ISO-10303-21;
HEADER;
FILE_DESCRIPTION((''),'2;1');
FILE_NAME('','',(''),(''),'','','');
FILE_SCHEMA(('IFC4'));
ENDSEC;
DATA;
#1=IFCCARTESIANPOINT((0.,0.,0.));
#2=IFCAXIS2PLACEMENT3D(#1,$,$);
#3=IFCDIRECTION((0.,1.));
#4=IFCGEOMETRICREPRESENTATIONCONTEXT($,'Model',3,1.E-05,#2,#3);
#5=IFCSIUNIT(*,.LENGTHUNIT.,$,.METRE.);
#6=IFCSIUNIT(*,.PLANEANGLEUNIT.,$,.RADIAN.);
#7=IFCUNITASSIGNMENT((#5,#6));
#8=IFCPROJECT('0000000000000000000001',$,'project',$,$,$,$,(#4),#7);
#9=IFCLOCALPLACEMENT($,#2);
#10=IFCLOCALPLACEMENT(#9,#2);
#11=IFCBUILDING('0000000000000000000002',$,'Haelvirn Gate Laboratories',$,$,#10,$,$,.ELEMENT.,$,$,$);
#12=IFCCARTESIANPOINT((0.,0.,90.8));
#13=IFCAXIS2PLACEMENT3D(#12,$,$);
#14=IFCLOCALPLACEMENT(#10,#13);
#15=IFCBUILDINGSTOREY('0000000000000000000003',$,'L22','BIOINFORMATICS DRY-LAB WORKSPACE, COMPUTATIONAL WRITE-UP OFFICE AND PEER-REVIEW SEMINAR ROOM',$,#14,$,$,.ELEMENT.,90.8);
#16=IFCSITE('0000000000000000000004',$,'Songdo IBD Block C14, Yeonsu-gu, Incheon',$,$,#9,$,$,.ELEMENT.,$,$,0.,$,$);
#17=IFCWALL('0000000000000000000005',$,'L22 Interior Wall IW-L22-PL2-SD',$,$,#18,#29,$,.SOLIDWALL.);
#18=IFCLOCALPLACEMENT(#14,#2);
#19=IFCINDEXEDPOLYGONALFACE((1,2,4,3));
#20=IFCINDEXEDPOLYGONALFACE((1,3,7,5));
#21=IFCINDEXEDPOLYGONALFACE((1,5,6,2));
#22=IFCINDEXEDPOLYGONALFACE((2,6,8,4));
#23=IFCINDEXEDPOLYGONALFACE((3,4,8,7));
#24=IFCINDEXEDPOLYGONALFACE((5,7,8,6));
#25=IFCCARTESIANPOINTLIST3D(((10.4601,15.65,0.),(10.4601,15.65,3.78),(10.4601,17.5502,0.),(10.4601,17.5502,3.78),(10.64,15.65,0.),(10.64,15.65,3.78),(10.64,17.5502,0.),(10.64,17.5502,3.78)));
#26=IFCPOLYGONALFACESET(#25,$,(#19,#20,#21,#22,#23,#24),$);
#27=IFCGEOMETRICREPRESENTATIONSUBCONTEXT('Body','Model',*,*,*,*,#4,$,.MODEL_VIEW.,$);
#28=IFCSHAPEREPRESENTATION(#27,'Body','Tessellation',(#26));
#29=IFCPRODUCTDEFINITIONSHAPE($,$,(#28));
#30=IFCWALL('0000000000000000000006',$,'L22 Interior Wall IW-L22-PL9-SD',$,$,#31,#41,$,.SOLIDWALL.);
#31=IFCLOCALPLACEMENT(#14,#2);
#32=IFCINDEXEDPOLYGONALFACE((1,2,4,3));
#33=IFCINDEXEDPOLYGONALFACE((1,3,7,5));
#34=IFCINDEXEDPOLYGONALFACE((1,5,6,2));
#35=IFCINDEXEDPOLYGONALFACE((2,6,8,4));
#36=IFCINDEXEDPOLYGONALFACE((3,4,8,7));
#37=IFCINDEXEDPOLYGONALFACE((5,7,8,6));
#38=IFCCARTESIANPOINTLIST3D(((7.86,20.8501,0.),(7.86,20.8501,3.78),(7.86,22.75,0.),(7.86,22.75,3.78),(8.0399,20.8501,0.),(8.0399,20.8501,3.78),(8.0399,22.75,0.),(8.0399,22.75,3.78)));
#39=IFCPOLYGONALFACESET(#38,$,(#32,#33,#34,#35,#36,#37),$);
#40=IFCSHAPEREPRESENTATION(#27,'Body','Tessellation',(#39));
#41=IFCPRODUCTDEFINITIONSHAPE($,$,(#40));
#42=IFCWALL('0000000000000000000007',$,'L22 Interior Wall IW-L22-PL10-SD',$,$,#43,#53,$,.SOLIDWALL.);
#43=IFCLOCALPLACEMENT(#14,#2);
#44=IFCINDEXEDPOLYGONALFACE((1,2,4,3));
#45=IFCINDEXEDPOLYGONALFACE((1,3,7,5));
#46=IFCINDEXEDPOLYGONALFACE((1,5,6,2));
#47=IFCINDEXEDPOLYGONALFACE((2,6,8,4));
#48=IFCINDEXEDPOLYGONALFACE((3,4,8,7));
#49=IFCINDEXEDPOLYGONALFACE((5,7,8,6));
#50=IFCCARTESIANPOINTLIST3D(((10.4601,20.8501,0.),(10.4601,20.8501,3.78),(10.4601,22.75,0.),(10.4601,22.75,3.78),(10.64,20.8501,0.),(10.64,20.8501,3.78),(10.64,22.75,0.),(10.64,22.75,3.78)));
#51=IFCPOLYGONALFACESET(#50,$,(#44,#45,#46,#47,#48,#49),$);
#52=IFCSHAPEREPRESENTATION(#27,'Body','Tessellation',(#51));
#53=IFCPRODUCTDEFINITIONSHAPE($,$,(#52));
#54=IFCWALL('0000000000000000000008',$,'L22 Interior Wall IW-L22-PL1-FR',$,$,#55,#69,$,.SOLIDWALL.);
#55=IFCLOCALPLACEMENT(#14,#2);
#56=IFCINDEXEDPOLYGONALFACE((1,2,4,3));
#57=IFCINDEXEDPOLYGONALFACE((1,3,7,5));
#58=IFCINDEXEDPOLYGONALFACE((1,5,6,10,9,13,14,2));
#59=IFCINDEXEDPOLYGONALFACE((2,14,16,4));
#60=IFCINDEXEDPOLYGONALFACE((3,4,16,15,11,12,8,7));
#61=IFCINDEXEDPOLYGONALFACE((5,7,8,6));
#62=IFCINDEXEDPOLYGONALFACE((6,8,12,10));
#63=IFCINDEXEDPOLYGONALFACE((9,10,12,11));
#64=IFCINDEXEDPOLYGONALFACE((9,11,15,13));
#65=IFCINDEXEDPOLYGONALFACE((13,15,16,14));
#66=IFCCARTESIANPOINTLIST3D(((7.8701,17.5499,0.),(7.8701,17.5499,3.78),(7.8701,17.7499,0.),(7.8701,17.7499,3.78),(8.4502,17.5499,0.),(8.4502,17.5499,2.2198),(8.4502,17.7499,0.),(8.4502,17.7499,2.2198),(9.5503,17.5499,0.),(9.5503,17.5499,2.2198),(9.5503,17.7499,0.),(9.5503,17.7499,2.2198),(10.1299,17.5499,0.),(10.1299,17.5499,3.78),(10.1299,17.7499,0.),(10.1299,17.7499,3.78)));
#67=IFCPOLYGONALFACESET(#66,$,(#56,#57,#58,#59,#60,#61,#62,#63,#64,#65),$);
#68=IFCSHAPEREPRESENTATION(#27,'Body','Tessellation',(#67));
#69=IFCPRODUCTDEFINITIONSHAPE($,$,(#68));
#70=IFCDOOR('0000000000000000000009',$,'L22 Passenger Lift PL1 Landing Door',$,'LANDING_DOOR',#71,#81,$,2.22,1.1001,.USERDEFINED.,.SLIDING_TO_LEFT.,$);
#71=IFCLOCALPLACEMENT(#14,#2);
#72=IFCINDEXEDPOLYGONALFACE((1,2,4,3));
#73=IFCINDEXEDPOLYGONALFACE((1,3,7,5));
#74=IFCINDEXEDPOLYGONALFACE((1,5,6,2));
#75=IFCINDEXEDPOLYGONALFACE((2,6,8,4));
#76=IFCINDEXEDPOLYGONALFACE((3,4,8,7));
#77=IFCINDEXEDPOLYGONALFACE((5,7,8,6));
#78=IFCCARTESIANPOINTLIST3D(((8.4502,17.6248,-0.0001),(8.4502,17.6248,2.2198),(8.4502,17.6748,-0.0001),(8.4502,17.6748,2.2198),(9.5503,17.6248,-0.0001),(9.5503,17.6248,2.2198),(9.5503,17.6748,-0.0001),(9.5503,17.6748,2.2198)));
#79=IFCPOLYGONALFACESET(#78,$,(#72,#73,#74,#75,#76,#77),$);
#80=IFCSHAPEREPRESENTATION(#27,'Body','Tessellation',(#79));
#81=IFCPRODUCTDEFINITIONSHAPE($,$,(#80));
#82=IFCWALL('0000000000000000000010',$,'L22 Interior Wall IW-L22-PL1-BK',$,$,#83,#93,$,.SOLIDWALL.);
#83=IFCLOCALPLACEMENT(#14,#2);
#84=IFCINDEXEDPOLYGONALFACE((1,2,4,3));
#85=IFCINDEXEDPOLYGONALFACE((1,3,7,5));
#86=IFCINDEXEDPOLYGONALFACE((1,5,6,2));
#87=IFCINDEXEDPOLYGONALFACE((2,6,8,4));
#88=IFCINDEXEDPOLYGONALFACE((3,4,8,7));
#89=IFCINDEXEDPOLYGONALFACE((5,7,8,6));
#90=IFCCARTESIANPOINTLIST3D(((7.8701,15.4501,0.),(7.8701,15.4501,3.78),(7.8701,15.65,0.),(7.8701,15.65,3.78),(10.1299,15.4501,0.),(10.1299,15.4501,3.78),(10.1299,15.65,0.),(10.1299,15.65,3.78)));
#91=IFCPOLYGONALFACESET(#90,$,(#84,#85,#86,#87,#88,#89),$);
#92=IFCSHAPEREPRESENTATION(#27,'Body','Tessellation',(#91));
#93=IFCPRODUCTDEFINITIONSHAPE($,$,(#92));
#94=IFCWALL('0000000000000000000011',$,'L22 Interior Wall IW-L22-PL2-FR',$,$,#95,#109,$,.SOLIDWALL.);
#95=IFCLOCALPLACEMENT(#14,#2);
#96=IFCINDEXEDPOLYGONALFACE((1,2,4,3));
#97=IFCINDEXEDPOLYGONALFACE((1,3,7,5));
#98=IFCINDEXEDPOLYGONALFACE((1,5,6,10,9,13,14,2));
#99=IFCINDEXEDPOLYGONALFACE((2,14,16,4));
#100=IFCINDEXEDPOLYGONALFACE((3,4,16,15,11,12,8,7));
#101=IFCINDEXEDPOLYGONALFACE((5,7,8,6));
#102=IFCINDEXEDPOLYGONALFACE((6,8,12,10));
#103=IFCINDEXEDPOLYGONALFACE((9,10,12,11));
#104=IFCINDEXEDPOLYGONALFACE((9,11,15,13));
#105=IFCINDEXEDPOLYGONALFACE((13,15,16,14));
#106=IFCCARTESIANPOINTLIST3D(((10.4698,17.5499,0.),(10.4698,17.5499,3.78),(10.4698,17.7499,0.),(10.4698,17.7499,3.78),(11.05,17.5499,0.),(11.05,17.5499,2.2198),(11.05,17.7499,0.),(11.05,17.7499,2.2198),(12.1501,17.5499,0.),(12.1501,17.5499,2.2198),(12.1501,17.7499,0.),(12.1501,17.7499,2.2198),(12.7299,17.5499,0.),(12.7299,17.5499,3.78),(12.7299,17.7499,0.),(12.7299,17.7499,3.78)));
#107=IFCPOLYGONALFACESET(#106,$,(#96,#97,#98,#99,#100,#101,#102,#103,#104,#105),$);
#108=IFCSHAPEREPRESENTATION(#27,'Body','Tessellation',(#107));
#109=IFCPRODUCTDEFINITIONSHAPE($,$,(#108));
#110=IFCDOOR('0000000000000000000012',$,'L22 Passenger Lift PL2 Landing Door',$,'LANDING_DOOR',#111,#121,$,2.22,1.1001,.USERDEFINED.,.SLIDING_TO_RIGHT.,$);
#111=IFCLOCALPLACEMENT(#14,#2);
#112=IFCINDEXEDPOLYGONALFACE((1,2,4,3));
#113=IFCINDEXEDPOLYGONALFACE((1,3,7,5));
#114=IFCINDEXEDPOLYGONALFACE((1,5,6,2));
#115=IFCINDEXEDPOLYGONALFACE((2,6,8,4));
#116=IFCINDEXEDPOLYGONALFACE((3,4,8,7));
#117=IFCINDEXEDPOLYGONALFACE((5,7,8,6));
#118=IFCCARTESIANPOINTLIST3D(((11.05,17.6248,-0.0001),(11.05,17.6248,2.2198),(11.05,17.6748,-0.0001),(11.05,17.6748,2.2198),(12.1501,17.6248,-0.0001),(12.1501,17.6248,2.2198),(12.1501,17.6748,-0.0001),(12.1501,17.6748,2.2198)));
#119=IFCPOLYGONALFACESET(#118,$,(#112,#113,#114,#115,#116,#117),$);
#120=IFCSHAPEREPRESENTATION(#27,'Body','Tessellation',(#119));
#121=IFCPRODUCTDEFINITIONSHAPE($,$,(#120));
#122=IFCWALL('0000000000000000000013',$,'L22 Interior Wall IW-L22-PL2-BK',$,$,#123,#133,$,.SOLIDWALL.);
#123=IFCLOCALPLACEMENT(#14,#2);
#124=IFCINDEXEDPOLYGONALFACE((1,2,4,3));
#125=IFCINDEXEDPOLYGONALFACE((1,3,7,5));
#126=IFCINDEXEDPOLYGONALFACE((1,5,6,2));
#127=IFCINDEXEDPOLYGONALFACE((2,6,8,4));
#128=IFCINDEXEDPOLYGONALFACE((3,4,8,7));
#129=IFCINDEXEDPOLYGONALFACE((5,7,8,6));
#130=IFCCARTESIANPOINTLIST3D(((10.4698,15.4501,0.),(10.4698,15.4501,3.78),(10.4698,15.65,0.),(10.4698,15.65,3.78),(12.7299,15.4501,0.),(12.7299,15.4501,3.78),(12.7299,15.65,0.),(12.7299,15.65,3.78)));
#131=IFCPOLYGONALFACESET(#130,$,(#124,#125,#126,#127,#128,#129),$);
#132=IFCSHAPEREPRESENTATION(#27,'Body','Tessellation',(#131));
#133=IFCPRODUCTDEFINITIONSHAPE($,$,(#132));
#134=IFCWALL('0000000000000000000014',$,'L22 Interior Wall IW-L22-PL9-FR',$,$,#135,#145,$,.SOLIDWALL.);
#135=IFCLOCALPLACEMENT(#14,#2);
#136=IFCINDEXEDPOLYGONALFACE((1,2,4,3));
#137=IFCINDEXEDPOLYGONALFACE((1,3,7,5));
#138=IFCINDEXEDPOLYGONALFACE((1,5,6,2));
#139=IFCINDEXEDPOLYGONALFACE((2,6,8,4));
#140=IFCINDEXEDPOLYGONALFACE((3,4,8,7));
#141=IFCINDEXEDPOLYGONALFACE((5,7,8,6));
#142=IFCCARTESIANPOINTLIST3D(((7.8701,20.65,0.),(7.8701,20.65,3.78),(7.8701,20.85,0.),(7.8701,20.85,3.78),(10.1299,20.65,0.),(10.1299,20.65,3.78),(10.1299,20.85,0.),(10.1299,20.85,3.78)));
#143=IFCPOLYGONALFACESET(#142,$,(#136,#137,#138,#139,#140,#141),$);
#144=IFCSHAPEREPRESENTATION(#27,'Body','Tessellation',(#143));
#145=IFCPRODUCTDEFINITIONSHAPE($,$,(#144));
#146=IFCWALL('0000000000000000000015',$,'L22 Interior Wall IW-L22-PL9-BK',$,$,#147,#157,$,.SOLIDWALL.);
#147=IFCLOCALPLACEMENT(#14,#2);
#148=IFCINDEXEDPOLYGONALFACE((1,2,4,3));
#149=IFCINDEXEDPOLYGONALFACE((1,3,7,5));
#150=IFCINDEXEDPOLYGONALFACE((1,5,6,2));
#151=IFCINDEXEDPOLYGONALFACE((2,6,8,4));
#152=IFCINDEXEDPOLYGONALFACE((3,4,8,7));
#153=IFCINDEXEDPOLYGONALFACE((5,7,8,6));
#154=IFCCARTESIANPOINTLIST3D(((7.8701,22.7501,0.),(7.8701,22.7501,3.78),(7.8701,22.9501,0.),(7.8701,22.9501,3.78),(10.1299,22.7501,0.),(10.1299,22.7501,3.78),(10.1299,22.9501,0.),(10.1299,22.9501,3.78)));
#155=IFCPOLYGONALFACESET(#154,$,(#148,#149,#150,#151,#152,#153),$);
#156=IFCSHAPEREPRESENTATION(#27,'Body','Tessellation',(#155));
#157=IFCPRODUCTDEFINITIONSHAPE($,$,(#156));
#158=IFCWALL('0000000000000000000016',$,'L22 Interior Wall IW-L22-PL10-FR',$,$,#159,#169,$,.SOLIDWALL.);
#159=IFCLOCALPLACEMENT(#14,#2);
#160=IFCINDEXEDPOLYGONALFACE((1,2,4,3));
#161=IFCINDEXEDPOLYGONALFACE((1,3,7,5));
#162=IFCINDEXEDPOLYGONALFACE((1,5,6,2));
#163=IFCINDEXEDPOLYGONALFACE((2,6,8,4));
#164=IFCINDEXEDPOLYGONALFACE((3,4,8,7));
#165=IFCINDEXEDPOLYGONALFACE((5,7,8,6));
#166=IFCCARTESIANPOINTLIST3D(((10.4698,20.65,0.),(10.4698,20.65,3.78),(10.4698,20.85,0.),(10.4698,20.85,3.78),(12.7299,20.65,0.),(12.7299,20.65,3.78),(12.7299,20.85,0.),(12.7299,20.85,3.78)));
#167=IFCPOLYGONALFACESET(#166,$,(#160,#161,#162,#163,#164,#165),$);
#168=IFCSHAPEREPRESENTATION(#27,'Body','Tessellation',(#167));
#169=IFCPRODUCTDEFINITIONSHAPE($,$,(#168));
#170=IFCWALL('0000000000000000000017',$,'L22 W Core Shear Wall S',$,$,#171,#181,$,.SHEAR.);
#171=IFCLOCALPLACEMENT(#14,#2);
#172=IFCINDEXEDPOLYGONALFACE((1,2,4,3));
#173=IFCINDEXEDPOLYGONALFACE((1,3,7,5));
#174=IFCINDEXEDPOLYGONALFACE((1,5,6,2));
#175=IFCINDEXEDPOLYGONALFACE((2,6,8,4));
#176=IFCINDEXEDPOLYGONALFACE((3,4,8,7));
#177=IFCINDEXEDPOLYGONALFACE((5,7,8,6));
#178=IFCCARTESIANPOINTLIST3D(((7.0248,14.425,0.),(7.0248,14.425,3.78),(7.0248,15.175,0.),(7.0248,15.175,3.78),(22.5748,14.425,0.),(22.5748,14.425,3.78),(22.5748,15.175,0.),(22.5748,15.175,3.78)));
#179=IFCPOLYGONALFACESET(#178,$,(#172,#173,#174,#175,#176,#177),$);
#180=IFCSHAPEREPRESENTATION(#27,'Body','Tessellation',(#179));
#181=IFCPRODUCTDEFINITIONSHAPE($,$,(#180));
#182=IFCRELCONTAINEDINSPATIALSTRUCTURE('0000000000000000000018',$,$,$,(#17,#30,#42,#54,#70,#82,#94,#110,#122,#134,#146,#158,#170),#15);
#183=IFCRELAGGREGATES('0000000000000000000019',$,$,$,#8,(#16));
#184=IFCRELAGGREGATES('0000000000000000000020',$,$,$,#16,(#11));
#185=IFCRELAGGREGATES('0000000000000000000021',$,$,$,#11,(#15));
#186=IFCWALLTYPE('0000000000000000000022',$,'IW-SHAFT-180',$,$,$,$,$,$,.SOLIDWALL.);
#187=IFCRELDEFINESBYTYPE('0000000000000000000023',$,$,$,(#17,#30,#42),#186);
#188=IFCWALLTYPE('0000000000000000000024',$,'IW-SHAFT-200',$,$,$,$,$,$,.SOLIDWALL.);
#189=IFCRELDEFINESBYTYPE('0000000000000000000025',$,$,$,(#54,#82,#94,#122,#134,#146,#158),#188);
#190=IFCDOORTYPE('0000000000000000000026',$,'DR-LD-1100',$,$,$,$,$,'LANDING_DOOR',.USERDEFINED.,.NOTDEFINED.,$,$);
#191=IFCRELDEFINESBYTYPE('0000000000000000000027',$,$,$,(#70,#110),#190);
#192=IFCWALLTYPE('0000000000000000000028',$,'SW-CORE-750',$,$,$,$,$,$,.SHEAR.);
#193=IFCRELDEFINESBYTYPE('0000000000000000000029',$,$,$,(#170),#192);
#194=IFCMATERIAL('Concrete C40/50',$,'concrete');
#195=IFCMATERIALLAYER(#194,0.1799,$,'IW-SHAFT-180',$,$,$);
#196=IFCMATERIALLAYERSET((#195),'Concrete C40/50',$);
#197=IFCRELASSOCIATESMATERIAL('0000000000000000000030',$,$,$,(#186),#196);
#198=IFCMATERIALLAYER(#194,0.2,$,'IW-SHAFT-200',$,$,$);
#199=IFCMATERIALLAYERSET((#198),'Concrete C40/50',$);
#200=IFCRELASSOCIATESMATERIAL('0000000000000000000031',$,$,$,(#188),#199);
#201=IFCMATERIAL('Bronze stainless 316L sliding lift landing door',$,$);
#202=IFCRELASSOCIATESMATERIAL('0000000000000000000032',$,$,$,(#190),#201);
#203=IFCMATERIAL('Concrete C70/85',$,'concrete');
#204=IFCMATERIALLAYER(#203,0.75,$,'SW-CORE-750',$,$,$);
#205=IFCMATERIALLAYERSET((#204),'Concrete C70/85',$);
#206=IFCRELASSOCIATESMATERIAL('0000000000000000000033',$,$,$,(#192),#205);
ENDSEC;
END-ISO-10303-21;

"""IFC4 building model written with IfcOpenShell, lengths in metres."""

from ifc_helpers import new_model, si_unit, direction, frame, frame_2d, origin, place, context, subcontext, project, spatial, rectangle, extrude, source, transform, mapped, material, layer, layer_set, type_object, type_shapes, element, fill, save


model = new_model("IFC4")

# Units and contexts
model_context = context("Model", 3, precision=1e-05, world=origin(), true_north=direction((0.0, 1.0)))
body_context = subcontext(model_context, "Body", "Model", "MODEL_VIEW")
ifc_project = project(units=[si_unit("LENGTHUNIT", "METRE"), si_unit("PLANEANGLEUNIT", "RADIAN")], contexts=[model_context])

# Site, building, storey
site_placement = place(None, origin())
site = spatial("IfcSite", under=ifc_project, at=site_placement, Name="Songdo IBD Block C14, Yeonsu-gu, Incheon", CompositionType="ELEMENT", RefElevation=0.0)
building_placement = place(site_placement, origin())
building = spatial("IfcBuilding", under=site, at=building_placement, Name="Haelvirn Gate Laboratories", CompositionType="ELEMENT")
storey_placement = place(building_placement, frame((0.0, 0.0, 90.8)))
storey = spatial("IfcBuildingStorey", under=building, at=storey_placement, Name="L22", Description="BIOINFORMATICS DRY-LAB WORKSPACE, COMPUTATIONAL WRITE-UP OFFICE AND PEER-REVIEW SEMINAR ROOM", CompositionType="ELEMENT", Elevation=90.8)

# Shared definitions
ifc_material_1 = material(Name="Concrete C70/85", Category="concrete")

# Walls
ifc_material_2 = material(Name="Concrete C40/50", Category="concrete")
ifc_layer_1 = layer(ifc_material_2, 0.1799, Name="IW-SHAFT-180")
ifc_layer_set_1 = layer_set([ifc_layer_1], Name="Concrete C40/50")
wall_type_1 = type_object("IfcWallType", Name="IW-SHAFT-180", PredefinedType="SOLIDWALL", material=ifc_layer_set_1)
for number, where, z_axis, x_axis, name in (
    (1, (10.55, 15.6499, 0.0), (0.0, 0.0, 1.0), (0.0, 1.0, 0.0), "L22 Interior Wall IW-L22-PL2-SD"),
):
    element("IfcWall", number, at=place(storey_placement, frame(where, z_axis=z_axis, x_axis=x_axis)), inside=storey, type_object=wall_type_1, Name=name, PredefinedType="SOLIDWALL", context=body_context, shape_type="SweptSolid", body=[
        extrude(rectangle(XDim=1.9001, YDim=0.1799, at=frame_2d((0.9502, 0.0))), origin(), (0.0, 0.0, 1.0), 3.78),
    ])
for number, where, z_axis, x_axis, name in (
    (2, (7.95, 20.8501, 0.0), (0.0, 0.0, 1.0), (0.0, 1.0, 0.0), "L22 Interior Wall IW-L22-PL9-SD"),
    (3, (10.55, 20.8501, 0.0), (0.0, 0.0, 1.0), (0.0, 1.0, 0.0), "L22 Interior Wall IW-L22-PL10-SD"),
):
    element("IfcWall", number, at=place(storey_placement, frame(where, z_axis=z_axis, x_axis=x_axis)), inside=storey, type_object=wall_type_1, Name=name, PredefinedType="SOLIDWALL", context=body_context, shape_type="SweptSolid", body=[
        extrude(rectangle(XDim=1.8999, YDim=0.1799, at=frame_2d((0.95, 0.0))), origin(), (0.0, 0.0, 1.0), 3.78),
    ])

# Wall, opening, door
ifc_layer_2 = layer(ifc_material_2, 0.2, Name="IW-SHAFT-200")
ifc_layer_set_2 = layer_set([ifc_layer_2], Name="Concrete C40/50")
wall_type_2 = type_object("IfcWallType", Name="IW-SHAFT-200", PredefinedType="SOLIDWALL", material=ifc_layer_set_2)
wall_1_placement = place(storey_placement, frame((7.8701, 17.6499, 0.0), z_axis=(0.0, 0.0, 1.0), x_axis=(1.0, 0.0, 0.0)))
wall_1 = element("IfcWall", 4, at=wall_1_placement, inside=storey, type_object=wall_type_2, Name="L22 Interior Wall IW-L22-PL1-FR", PredefinedType="SOLIDWALL", context=body_context, shape_type="SweptSolid", body=[
    extrude(rectangle(XDim=2.2598, YDim=0.2, at=frame_2d((1.1299, 0.0))), origin(), (0.0, 0.0, 1.0), 3.78),
])
opening_1_placement = place(wall_1_placement, frame((0.5801, 0.0, 0.0)))
opening_1 = element("IfcOpeningElement", 5, at=opening_1_placement, cuts=wall_1, PredefinedType="OPENING", context=body_context, shape_type="SweptSolid", body=[
    extrude(rectangle(XDim=1.1001, YDim=2.22, at=frame_2d((0.55, 1.1099))), frame((0.0, 0.1099, 0.0), z_axis=(0.0, -1.0, 0.0), x_axis=(1.0, 0.0, 0.0)), (0.0, 0.0, 1.0), 0.22),
])
ifc_material_3 = material(Name="Bronze stainless 316L sliding lift landing door")
door_type_1 = type_object("IfcDoorType", Name="DR-LD-1100", ElementType="LANDING_DOOR", OperationType="NOTDEFINED", PredefinedType="USERDEFINED", material=ifc_material_3)
shared_shape_1 = source(origin(), body_context, "Body", "SweptSolid", [
    extrude(rectangle(XDim=1.1001, YDim=2.22, at=frame_2d((0.55, 1.1099))), frame((0.0, 0.0249, 0.0), z_axis=(0.0, -1.0, 0.0), x_axis=(1.0, 0.0, 0.0)), (0.0, 0.0, 1.0), 0.05),
])
type_shapes(door_type_1, [shared_shape_1])
door_1_placement = place(opening_1_placement, origin())
door_1 = element("IfcDoor", 6, at=door_1_placement, inside=storey, type_object=door_type_1, Name="L22 Passenger Lift PL1 Landing Door", ObjectType="LANDING_DOOR", OperationType="SLIDING_TO_LEFT", OverallHeight=2.22, OverallWidth=1.1001, PredefinedType="USERDEFINED", context=body_context, shape_type="MappedRepresentation", body=[
    mapped(shared_shape_1, transform((0.0, 0.0, 0.0), scale=1.0)),
])
fill(opening_1, door_1)

# Wall
wall_2_placement = place(storey_placement, frame((7.8701, 15.55, 0.0), z_axis=(0.0, 0.0, 1.0), x_axis=(1.0, 0.0, 0.0)))
element("IfcWall", 7, at=wall_2_placement, inside=storey, type_object=wall_type_2, Name="L22 Interior Wall IW-L22-PL1-BK", PredefinedType="SOLIDWALL", context=body_context, shape_type="SweptSolid", body=[
    extrude(rectangle(XDim=2.2598, YDim=0.2, at=frame_2d((1.1299, 0.0))), origin(), (0.0, 0.0, 1.0), 3.78),
])

# Wall, opening, door
wall_3_placement = place(storey_placement, frame((10.47, 17.6499, 0.0), z_axis=(0.0, 0.0, 1.0), x_axis=(1.0, 0.0, 0.0)))
wall_3 = element("IfcWall", 8, at=wall_3_placement, inside=storey, type_object=wall_type_2, Name="L22 Interior Wall IW-L22-PL2-FR", PredefinedType="SOLIDWALL", context=body_context, shape_type="SweptSolid", body=[
    extrude(rectangle(XDim=2.26, YDim=0.2, at=frame_2d((1.1299, 0.0))), origin(), (0.0, 0.0, 1.0), 3.78),
])
opening_2_placement = place(wall_3_placement, frame((0.5801, 0.0, 0.0)))
opening_2 = element("IfcOpeningElement", 9, at=opening_2_placement, cuts=wall_3, PredefinedType="OPENING", context=body_context, shape_type="SweptSolid", body=[
    extrude(rectangle(XDim=1.1001, YDim=2.22, at=frame_2d((0.55, 1.1099))), frame((0.0, 0.1099, 0.0), z_axis=(0.0, -1.0, 0.0), x_axis=(1.0, 0.0, 0.0)), (0.0, 0.0, 1.0), 0.22),
])
door_2_placement = place(opening_2_placement, origin())
door_2 = element("IfcDoor", 10, at=door_2_placement, inside=storey, type_object=door_type_1, Name="L22 Passenger Lift PL2 Landing Door", ObjectType="LANDING_DOOR", OperationType="SLIDING_TO_RIGHT", OverallHeight=2.22, OverallWidth=1.1001, PredefinedType="USERDEFINED", context=body_context, shape_type="MappedRepresentation", body=[
    mapped(shared_shape_1, transform((0.0, 0.0, 0.0), scale=1.0)),
])
fill(opening_2, door_2)

# Walls
wall_4_placement = place(storey_placement, frame((10.47, 15.55, 0.0), z_axis=(0.0, 0.0, 1.0), x_axis=(1.0, 0.0, 0.0)))
element("IfcWall", 11, at=wall_4_placement, inside=storey, type_object=wall_type_2, Name="L22 Interior Wall IW-L22-PL2-BK", PredefinedType="SOLIDWALL", context=body_context, shape_type="SweptSolid", body=[
    extrude(rectangle(XDim=2.26, YDim=0.2, at=frame_2d((1.1299, 0.0))), origin(), (0.0, 0.0, 1.0), 3.78),
])
for number, where, z_axis, x_axis, name in (
    (12, (7.8701, 20.75, 0.0), (0.0, 0.0, 1.0), (1.0, 0.0, 0.0), "L22 Interior Wall IW-L22-PL9-FR"),
    (13, (7.8701, 22.8501, 0.0), (0.0, 0.0, 1.0), (1.0, 0.0, 0.0), "L22 Interior Wall IW-L22-PL9-BK"),
):
    element("IfcWall", number, at=place(storey_placement, frame(where, z_axis=z_axis, x_axis=x_axis)), inside=storey, type_object=wall_type_2, Name=name, PredefinedType="SOLIDWALL", context=body_context, shape_type="SweptSolid", body=[
        extrude(rectangle(XDim=2.2598, YDim=0.2, at=frame_2d((1.1299, 0.0))), origin(), (0.0, 0.0, 1.0), 3.78),
    ])
wall_5_placement = place(storey_placement, frame((10.47, 20.75, 0.0), z_axis=(0.0, 0.0, 1.0), x_axis=(1.0, 0.0, 0.0)))
element("IfcWall", 14, at=wall_5_placement, inside=storey, type_object=wall_type_2, Name="L22 Interior Wall IW-L22-PL10-FR", PredefinedType="SOLIDWALL", context=body_context, shape_type="SweptSolid", body=[
    extrude(rectangle(XDim=2.26, YDim=0.2, at=frame_2d((1.1299, 0.0))), origin(), (0.0, 0.0, 1.0), 3.78),
])
ifc_layer_3 = layer(ifc_material_1, 0.75, Name="SW-CORE-750")
ifc_layer_set_3 = layer_set([ifc_layer_3], Name="Concrete C70/85")
wall_type_3 = type_object("IfcWallType", Name="SW-CORE-750", PredefinedType="SHEAR", material=ifc_layer_set_3)
wall_6_placement = place(storey_placement, frame((7.0249, 14.8, 0.0), z_axis=(0.0, 0.0, 1.0), x_axis=(1.0, 0.0, 0.0)))
element("IfcWall", 15, at=wall_6_placement, inside=storey, type_object=wall_type_3, Name="L22 W Core Shear Wall S", PredefinedType="SHEAR", context=body_context, shape_type="SweptSolid", body=[
    extrude(rectangle(XDim=15.55, YDim=0.75, at=frame_2d((7.7749, 0.0))), origin(), (0.0, 0.0, 1.0), 3.78),
])

save(model, "model.ifc")
